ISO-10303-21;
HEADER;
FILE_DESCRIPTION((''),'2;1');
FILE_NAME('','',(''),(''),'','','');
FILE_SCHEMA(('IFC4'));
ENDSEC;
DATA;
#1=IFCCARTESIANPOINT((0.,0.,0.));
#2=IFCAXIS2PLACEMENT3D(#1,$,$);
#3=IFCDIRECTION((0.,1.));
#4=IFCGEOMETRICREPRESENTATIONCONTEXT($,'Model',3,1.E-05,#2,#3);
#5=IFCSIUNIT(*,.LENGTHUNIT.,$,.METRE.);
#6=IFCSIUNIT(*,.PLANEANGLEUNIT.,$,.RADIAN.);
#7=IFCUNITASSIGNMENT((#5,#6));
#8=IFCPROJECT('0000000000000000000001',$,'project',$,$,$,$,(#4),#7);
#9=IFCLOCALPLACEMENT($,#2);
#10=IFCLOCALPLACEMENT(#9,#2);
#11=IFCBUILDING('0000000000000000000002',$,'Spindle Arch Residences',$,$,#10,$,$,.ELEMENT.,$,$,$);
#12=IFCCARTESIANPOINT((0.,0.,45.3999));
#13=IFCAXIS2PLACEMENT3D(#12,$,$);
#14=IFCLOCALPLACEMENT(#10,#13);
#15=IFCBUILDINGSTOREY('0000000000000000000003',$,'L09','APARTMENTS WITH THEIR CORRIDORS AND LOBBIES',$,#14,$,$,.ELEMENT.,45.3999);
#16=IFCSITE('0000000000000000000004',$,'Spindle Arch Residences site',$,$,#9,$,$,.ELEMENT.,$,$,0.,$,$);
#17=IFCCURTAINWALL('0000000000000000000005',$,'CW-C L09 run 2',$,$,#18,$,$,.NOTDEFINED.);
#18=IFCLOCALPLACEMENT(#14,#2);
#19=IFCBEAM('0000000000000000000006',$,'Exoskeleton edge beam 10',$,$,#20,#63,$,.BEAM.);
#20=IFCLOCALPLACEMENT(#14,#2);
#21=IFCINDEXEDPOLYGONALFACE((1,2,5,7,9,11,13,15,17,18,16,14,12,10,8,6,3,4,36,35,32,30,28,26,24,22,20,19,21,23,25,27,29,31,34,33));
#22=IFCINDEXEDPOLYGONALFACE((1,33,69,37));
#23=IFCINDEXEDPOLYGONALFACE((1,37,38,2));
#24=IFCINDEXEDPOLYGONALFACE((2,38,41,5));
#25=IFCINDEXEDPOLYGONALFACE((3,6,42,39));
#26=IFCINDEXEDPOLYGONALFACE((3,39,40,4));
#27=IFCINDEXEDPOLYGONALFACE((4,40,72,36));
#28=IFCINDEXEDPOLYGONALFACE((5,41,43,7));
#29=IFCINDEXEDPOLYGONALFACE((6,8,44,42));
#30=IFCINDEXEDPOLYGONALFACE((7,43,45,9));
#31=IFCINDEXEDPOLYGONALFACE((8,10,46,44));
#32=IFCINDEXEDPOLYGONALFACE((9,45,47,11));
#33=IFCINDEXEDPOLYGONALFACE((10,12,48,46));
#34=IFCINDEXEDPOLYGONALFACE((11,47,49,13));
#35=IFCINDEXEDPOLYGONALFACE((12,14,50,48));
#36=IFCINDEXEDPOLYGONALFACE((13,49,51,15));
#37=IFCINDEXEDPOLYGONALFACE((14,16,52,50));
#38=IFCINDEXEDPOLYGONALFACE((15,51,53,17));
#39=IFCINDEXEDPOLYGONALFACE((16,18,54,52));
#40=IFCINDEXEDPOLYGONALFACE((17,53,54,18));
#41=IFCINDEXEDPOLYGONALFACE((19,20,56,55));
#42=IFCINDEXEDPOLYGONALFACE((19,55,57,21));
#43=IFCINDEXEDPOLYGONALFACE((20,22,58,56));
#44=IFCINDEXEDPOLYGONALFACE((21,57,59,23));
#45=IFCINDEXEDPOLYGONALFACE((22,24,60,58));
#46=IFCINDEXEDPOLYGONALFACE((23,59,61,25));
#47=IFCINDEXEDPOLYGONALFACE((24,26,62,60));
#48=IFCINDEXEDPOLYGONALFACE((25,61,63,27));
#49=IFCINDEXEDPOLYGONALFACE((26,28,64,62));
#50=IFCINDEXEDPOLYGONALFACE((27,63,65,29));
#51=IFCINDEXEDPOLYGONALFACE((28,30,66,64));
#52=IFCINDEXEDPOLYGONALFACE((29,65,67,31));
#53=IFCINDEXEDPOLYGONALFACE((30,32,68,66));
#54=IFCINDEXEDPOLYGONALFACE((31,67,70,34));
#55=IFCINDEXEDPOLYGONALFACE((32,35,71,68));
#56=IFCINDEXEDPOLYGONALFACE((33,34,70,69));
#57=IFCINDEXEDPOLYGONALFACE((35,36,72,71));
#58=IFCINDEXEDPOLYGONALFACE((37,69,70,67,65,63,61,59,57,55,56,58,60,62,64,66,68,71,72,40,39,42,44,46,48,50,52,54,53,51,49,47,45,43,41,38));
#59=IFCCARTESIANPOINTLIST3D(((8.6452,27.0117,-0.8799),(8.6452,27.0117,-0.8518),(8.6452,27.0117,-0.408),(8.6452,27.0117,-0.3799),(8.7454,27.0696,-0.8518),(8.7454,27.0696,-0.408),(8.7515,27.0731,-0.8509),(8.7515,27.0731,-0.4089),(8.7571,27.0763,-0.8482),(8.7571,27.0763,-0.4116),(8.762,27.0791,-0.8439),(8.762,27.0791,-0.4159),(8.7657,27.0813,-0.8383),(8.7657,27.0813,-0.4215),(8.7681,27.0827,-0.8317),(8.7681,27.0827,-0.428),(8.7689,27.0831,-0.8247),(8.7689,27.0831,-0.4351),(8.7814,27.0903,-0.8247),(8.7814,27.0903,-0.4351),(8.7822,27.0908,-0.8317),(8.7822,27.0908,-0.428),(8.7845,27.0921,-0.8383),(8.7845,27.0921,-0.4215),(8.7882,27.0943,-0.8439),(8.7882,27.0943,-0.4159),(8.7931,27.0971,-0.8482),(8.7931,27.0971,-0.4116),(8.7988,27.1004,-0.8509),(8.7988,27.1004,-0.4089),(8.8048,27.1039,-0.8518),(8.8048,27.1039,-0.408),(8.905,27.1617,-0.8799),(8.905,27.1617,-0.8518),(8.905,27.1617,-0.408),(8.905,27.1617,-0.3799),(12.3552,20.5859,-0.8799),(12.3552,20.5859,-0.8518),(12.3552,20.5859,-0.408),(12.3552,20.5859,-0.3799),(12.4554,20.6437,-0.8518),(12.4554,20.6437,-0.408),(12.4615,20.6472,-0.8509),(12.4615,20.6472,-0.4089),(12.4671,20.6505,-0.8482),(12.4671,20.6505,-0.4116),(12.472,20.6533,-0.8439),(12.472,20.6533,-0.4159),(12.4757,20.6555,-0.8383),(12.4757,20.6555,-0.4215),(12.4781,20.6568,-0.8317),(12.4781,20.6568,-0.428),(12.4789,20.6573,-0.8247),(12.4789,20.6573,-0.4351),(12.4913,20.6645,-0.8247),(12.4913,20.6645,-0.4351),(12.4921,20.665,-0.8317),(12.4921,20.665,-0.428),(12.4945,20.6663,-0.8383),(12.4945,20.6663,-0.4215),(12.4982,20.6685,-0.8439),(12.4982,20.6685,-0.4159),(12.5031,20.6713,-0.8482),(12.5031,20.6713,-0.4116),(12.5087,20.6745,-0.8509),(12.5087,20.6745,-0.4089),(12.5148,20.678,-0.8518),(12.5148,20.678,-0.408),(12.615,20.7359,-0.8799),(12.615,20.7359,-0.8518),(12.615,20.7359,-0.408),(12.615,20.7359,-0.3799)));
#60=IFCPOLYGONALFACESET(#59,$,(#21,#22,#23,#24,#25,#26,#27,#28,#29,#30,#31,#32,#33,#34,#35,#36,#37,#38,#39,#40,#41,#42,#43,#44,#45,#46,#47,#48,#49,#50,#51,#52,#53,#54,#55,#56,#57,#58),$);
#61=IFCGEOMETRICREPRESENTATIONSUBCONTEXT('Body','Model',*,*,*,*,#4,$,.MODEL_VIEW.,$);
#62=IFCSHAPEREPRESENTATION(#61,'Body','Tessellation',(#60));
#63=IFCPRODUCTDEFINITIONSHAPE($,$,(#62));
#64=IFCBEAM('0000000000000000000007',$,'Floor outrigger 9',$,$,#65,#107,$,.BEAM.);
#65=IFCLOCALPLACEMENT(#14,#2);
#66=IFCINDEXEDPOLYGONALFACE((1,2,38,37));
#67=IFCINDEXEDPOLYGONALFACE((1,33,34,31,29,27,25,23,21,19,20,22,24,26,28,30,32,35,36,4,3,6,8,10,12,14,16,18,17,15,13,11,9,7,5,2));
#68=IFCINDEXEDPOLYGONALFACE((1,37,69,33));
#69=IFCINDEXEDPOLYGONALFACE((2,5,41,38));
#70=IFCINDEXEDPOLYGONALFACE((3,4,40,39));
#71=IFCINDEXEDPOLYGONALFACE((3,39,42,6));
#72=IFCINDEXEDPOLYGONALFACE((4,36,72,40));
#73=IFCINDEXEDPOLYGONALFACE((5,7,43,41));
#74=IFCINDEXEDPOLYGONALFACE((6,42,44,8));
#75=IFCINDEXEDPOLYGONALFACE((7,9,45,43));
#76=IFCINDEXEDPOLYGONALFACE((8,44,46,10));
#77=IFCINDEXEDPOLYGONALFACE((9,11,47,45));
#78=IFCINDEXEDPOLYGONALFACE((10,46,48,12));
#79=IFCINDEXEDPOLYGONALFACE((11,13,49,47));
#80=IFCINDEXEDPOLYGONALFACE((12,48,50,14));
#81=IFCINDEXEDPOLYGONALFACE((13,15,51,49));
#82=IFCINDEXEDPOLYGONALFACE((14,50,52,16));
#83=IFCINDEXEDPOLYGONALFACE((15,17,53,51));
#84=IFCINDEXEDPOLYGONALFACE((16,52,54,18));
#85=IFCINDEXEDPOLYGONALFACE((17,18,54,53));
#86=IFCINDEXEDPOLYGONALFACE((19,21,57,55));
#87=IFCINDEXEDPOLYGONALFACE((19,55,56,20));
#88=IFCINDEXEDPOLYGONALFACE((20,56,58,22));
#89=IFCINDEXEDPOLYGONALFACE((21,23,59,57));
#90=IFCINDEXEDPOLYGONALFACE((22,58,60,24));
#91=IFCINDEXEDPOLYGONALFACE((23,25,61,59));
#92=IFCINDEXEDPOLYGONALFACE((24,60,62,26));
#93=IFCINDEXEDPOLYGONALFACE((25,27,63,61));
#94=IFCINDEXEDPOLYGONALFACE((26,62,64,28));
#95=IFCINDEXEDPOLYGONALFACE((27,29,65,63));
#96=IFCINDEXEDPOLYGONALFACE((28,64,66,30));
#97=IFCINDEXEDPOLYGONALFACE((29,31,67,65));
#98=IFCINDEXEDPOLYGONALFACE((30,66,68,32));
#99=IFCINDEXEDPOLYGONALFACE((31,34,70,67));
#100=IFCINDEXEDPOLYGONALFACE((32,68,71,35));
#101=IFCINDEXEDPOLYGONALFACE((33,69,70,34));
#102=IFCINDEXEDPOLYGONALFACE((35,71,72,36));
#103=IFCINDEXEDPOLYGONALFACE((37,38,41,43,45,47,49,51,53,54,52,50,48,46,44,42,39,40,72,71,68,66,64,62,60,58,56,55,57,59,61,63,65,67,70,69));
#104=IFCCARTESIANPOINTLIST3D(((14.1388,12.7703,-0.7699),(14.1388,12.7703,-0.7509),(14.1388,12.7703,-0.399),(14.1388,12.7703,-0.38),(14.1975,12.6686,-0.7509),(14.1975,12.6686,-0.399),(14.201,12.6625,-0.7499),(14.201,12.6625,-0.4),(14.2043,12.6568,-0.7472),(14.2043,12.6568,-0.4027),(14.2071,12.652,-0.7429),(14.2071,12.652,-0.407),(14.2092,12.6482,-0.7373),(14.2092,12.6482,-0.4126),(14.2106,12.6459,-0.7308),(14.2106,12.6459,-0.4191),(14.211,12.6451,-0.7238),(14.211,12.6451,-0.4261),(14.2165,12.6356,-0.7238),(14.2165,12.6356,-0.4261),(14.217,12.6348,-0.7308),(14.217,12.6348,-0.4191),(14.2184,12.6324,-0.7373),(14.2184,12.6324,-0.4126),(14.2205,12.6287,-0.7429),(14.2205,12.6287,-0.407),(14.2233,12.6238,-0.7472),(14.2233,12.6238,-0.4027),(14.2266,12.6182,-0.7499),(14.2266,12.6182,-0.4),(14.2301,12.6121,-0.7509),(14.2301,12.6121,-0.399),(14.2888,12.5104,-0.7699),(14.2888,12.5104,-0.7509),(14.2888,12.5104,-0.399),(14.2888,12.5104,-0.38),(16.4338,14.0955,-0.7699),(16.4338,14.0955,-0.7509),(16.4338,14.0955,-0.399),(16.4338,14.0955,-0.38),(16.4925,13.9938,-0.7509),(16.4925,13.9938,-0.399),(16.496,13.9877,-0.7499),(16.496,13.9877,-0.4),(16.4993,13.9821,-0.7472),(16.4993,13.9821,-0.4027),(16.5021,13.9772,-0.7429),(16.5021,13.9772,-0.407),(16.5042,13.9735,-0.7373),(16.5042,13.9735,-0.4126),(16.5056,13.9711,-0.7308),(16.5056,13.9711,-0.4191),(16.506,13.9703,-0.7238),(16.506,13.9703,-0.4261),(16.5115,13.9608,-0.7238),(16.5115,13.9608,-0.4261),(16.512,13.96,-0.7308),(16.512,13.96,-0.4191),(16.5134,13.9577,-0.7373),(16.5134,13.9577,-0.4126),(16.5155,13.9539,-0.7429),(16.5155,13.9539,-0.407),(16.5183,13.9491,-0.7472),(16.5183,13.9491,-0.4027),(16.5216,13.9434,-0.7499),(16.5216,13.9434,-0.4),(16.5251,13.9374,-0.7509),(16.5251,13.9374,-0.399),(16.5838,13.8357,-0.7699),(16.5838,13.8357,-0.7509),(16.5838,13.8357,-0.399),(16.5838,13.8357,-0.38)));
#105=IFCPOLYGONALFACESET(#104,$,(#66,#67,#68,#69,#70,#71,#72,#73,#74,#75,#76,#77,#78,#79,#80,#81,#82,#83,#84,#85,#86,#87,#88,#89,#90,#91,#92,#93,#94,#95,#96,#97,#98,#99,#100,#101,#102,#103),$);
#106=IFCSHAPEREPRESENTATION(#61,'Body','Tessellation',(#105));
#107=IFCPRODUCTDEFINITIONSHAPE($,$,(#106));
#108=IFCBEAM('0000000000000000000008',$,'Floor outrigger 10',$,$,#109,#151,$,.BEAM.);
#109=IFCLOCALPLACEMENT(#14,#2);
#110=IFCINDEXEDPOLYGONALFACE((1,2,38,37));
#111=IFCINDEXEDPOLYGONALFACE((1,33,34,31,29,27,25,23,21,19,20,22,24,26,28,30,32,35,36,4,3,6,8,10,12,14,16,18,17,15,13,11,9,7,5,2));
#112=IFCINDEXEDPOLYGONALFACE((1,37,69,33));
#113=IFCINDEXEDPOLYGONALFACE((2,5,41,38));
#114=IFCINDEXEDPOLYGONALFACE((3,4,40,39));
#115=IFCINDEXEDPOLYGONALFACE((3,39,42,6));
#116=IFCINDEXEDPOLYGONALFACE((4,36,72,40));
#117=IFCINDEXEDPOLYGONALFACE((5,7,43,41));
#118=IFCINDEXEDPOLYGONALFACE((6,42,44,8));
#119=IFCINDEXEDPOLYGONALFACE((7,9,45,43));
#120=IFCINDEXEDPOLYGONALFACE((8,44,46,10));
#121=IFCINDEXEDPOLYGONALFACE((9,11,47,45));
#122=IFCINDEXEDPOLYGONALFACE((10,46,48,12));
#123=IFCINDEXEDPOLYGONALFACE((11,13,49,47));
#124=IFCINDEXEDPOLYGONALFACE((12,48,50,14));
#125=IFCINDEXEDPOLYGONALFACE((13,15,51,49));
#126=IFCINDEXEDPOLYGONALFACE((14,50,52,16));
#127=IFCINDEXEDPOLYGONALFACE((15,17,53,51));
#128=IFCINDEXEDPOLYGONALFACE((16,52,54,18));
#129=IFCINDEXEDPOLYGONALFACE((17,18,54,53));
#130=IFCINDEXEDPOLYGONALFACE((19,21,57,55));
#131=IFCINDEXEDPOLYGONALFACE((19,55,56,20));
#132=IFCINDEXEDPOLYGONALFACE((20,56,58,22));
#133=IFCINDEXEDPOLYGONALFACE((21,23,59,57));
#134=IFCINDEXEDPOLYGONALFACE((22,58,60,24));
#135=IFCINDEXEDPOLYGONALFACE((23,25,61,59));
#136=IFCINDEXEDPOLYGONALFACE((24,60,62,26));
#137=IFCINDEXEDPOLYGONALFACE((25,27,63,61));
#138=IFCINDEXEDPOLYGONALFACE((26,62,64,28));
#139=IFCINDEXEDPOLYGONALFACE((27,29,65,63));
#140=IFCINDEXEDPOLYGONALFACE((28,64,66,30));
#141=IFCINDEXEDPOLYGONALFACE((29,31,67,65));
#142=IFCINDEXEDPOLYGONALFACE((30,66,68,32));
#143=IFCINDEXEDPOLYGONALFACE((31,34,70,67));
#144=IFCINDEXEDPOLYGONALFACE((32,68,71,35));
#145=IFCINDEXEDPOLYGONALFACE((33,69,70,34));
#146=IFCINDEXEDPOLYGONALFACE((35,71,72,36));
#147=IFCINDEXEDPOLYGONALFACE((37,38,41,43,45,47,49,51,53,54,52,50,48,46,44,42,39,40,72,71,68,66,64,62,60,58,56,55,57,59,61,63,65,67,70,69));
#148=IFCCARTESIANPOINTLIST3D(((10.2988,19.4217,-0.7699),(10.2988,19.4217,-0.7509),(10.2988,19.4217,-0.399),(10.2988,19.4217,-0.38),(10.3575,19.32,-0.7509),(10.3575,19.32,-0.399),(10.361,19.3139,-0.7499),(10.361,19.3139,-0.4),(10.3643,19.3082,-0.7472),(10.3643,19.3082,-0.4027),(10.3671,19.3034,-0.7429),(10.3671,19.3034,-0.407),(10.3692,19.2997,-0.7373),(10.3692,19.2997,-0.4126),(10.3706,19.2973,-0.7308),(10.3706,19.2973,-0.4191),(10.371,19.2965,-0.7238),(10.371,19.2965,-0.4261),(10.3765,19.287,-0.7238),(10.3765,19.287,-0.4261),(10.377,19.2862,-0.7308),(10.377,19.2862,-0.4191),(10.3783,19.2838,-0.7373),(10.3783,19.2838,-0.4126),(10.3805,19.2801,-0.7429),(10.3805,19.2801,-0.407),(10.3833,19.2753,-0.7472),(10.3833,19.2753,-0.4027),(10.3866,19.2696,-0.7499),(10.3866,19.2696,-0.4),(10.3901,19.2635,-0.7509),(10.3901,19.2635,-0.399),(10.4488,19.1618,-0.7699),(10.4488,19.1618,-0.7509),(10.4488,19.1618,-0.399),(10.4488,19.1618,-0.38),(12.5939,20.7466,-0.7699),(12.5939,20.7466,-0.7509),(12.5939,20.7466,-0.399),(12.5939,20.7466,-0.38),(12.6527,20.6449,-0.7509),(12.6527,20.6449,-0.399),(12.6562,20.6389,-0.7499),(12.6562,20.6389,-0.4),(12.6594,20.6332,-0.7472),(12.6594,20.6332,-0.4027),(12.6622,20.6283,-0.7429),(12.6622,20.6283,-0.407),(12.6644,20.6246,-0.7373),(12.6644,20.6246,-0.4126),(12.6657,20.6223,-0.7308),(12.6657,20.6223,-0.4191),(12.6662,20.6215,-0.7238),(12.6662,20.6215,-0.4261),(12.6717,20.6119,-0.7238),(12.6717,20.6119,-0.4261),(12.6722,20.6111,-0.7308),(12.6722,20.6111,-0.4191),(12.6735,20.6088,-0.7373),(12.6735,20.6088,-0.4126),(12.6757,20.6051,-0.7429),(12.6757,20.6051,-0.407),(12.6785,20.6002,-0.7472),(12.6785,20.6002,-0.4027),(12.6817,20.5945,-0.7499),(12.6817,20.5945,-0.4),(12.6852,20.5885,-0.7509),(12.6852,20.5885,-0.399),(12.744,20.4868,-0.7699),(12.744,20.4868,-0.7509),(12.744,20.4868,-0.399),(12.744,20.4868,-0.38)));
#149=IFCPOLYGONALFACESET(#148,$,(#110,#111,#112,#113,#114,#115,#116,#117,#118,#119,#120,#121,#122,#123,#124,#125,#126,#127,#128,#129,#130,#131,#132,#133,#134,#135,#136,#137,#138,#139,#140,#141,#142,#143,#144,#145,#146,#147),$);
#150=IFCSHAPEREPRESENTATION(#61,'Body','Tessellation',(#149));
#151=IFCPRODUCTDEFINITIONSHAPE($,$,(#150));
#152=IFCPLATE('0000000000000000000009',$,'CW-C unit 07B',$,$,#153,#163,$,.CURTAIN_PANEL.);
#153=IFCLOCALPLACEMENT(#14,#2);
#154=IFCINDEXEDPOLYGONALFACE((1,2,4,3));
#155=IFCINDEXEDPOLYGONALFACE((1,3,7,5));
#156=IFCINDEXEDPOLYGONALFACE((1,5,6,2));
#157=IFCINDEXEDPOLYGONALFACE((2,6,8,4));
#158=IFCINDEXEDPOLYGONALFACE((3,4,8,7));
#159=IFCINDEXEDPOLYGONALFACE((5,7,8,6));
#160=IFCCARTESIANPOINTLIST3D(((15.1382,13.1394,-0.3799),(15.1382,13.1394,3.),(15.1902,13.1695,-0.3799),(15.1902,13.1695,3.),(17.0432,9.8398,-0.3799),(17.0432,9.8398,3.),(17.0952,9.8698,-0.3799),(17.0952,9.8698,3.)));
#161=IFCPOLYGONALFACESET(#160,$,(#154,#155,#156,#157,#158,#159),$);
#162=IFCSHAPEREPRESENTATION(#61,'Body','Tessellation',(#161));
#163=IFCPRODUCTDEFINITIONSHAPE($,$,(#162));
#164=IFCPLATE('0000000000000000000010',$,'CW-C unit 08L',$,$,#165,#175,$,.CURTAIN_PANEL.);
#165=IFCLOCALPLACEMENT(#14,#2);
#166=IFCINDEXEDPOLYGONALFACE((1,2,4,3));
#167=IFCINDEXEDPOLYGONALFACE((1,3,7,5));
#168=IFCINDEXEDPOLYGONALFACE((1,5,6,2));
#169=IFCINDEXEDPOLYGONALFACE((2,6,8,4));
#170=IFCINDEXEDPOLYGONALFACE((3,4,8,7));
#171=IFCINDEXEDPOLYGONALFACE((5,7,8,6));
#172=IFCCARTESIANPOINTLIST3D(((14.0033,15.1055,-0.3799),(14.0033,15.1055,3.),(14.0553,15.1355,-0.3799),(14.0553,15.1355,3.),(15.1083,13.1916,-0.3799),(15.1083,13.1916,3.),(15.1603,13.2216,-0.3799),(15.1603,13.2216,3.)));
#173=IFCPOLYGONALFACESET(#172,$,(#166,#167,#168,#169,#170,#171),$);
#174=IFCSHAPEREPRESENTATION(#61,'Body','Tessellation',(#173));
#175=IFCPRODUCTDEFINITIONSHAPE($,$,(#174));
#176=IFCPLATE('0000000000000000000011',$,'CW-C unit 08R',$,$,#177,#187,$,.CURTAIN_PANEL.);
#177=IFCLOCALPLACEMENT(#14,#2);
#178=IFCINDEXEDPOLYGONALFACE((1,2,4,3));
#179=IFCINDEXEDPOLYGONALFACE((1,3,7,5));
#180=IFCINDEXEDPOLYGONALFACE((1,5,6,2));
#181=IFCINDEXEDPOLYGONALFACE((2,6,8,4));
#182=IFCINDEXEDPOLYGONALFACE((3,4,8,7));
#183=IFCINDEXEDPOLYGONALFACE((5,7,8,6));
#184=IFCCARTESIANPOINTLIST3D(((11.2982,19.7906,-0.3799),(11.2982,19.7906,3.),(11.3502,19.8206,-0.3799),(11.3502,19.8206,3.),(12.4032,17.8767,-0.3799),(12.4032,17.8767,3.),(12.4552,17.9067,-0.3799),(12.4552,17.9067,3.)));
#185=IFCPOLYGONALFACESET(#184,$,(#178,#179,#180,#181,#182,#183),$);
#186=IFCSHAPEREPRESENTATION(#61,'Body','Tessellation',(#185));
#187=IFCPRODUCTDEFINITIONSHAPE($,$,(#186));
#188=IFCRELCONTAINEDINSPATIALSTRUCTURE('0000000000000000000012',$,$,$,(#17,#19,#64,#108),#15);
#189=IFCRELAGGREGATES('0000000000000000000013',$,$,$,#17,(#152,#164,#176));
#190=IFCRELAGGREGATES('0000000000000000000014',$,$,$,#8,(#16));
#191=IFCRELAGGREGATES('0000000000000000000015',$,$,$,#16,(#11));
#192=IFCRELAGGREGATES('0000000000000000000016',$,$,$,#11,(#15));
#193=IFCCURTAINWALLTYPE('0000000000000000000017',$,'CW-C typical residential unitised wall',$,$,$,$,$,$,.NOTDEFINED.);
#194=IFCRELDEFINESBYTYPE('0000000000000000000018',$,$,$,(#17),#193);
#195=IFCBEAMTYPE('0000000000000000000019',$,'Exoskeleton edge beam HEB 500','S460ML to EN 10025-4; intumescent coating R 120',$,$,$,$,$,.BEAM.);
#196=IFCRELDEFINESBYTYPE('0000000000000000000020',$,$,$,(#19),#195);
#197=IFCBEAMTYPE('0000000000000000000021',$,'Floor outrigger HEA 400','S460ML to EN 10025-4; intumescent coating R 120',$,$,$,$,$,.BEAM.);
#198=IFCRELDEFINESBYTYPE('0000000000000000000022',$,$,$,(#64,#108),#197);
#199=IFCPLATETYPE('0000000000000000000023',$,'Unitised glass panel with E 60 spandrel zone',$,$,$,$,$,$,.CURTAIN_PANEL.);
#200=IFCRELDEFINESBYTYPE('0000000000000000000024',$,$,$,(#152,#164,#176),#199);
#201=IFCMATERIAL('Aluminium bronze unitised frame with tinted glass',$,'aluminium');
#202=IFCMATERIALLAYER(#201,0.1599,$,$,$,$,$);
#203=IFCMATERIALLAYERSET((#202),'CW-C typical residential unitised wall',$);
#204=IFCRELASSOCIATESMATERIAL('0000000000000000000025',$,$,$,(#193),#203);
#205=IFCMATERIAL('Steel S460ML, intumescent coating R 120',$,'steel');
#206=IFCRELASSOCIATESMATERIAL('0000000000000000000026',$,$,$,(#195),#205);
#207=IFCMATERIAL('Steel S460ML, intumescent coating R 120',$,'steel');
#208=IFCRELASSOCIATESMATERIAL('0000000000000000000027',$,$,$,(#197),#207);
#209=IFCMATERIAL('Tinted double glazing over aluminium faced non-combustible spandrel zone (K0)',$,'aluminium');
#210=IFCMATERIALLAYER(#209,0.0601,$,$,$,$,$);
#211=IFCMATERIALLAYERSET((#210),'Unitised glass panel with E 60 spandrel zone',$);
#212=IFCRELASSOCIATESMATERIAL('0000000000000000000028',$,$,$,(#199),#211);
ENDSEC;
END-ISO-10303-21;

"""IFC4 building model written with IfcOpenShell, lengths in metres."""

from ifc_helpers import new_model, si_unit, direction, frame, origin, origin_2d, place, context, subcontext, project, spatial, rectangle, i_section, extrude, material, layer, layer_set, material_profile, profile_set, type_object, element, aggregate, save


model = new_model("IFC4")

# Units and contexts
model_context = context("Model", 3, precision=1e-05, world=origin(), true_north=direction((0.0, 1.0)))
body_context = subcontext(model_context, "Body", "Model", "MODEL_VIEW")
ifc_project = project(units=[si_unit("LENGTHUNIT", "METRE"), si_unit("PLANEANGLEUNIT", "RADIAN")], contexts=[model_context])

# Site, building, storey
site_placement = place(None, origin())
site = spatial("IfcSite", under=ifc_project, at=site_placement, Name="Spindle Arch Residences site", CompositionType="ELEMENT", RefElevation=0.0)
building_placement = place(site_placement, origin())
building = spatial("IfcBuilding", under=site, at=building_placement, Name="Spindle Arch Residences", CompositionType="ELEMENT")
storey_placement = place(building_placement, frame((0.0, 0.0, 45.3999)))
storey = spatial("IfcBuildingStorey", under=building, at=storey_placement, Name="L09", Description="APARTMENTS WITH THEIR CORRIDORS AND LOBBIES", CompositionType="ELEMENT", Elevation=45.3999)

# Curtain wall
ifc_material_1 = material(Name="Aluminium bronze unitised frame with tinted glass", Category="aluminium")
ifc_layer_1 = layer(ifc_material_1, 0.1599)
ifc_layer_set_1 = layer_set([ifc_layer_1], Name="CW-C typical residential unitised wall")
curtain_wall_type = type_object("IfcCurtainWallType", Name="CW-C typical residential unitised wall", PredefinedType="NOTDEFINED", material=ifc_layer_set_1)
curtain_wall_placement = place(storey_placement, origin())
curtain_wall = element("IfcCurtainWall", 1, at=curtain_wall_placement, inside=storey, type_object=curtain_wall_type, Name="CW-C L09 run 2", PredefinedType="NOTDEFINED")

# Beams
ifc_material_2 = material(Name="Steel S460ML, intumescent coating R 120", Category="steel")
ifc_material_profile_1 = material_profile(ifc_material_2, i_section(OverallWidth=0.3, OverallDepth=0.5, WebThickness=0.0144, FlangeThickness=0.0281, FilletRadius=0.0271, at=origin_2d()), Name="HEB 500")
ifc_profile_set_1 = profile_set([ifc_material_profile_1], Name="Steel S460ML, intumescent coating R 120")
beam_type_1 = type_object("IfcBeamType", Name="Exoskeleton edge beam HEB 500", Description="S460ML to EN 10025-4; intumescent coating R 120", PredefinedType="BEAM", material=ifc_profile_set_1)
beam_1_placement = place(storey_placement, frame((12.4851, 20.6609, -0.6299), z_axis=(-0.500003, 0.866023, 0.0), x_axis=(-0.866023, -0.500003, 0.0)))
element("IfcBeam", 2, at=beam_1_placement, inside=storey, type_object=beam_type_1, Name="Exoskeleton edge beam 10", PredefinedType="BEAM", context=body_context, shape_type="SweptSolid", body=[
    extrude(i_section(OverallWidth=0.3, OverallDepth=0.5, WebThickness=0.0144, FlangeThickness=0.0281, FilletRadius=0.0271, at=origin_2d()), origin(), (0.0, 0.0, 1.0), 7.4199),
])
ifc_material_3 = material(Name="Steel S460ML, intumescent coating R 120", Category="steel")
ifc_material_profile_2 = material_profile(ifc_material_3, i_section(OverallWidth=0.3, OverallDepth=0.3899, WebThickness=0.011, FlangeThickness=0.019, FilletRadius=0.0271, at=origin_2d()), Name="HEA 400")
ifc_profile_set_2 = profile_set([ifc_material_profile_2], Name="Steel S460ML, intumescent coating R 120")
beam_type_2 = type_object("IfcBeamType", Name="Floor outrigger HEA 400", Description="S460ML to EN 10025-4; intumescent coating R 120", PredefinedType="BEAM", material=ifc_profile_set_2)
for number, where, z_axis, x_axis, name in (
    (3, (16.5088, 13.9656, -0.575), (-0.865989, -0.500063, 0.0), (0.500063, -0.865989, 0.0), "Floor outrigger 9"),
    (4, (12.6689, 20.6167, -0.575), (-0.866052, -0.499954, 0.0), (0.499954, -0.866052, 0.0), "Floor outrigger 10"),
):
    element("IfcBeam", number, at=place(storey_placement, frame(where, z_axis=z_axis, x_axis=x_axis)), inside=storey, type_object=beam_type_2, Name=name, PredefinedType="BEAM", context=body_context, shape_type="SweptSolid", body=[
        extrude(i_section(OverallWidth=0.3, OverallDepth=0.3899, WebThickness=0.011, FlangeThickness=0.019, FilletRadius=0.0271, at=origin_2d()), origin(), (0.0, 0.0, 1.0), 2.6501),
    ])

# Plates
ifc_material_4 = material(Name="Tinted double glazing over aluminium faced non-combustible spandrel zone (K0)", Category="aluminium")
ifc_layer_2 = layer(ifc_material_4, 0.0601)
ifc_layer_set_2 = layer_set([ifc_layer_2], Name="Unitised glass panel with E 60 spandrel zone")
plate_type = type_object("IfcPlateType", Name="Unitised glass panel with E 60 spandrel zone", PredefinedType="CURTAIN_PANEL", material=ifc_layer_set_2)
plate_1_placement = place(storey_placement, frame((16.1167, 11.5046, -0.3799), z_axis=(0.0, 0.0, 1.0), x_axis=(-0.5, 0.866025, 0.0)))
plate_1 = element("IfcPlate", 5, at=plate_1_placement, type_object=plate_type, Name="CW-C unit 07B", PredefinedType="CURTAIN_PANEL", context=body_context, shape_type="SweptSolid", body=[
    extrude(rectangle(XDim=3.8101, YDim=0.0601, at=origin_2d()), origin(), (0.0, 0.0, 1.0), 3.3799),
])
plate_2_placement = place(storey_placement, frame((14.5818, 14.1636, -0.3799), z_axis=(0.0, 0.0, 1.0), x_axis=(-0.5, 0.866025, 0.0)))
plate_2 = element("IfcPlate", 6, at=plate_2_placement, type_object=plate_type, Name="CW-C unit 08L", PredefinedType="CURTAIN_PANEL", context=body_context, shape_type="SweptSolid", body=[
    extrude(rectangle(XDim=2.21, YDim=0.0601, at=origin_2d()), origin(), (0.0, 0.0, 1.0), 3.3799),
])
plate_3_placement = place(storey_placement, frame((11.8767, 18.8486, -0.3799), z_axis=(0.0, 0.0, 1.0), x_axis=(-0.5, 0.866025, 0.0)))
plate_3 = element("IfcPlate", 7, at=plate_3_placement, type_object=plate_type, Name="CW-C unit 08R", PredefinedType="CURTAIN_PANEL", context=body_context, shape_type="SweptSolid", body=[
    extrude(rectangle(XDim=2.21, YDim=0.0601, at=origin_2d()), origin(), (0.0, 0.0, 1.0), 3.3799),
])
aggregate(curtain_wall, [plate_1, plate_2, plate_3])

save(model, "model.ifc")
